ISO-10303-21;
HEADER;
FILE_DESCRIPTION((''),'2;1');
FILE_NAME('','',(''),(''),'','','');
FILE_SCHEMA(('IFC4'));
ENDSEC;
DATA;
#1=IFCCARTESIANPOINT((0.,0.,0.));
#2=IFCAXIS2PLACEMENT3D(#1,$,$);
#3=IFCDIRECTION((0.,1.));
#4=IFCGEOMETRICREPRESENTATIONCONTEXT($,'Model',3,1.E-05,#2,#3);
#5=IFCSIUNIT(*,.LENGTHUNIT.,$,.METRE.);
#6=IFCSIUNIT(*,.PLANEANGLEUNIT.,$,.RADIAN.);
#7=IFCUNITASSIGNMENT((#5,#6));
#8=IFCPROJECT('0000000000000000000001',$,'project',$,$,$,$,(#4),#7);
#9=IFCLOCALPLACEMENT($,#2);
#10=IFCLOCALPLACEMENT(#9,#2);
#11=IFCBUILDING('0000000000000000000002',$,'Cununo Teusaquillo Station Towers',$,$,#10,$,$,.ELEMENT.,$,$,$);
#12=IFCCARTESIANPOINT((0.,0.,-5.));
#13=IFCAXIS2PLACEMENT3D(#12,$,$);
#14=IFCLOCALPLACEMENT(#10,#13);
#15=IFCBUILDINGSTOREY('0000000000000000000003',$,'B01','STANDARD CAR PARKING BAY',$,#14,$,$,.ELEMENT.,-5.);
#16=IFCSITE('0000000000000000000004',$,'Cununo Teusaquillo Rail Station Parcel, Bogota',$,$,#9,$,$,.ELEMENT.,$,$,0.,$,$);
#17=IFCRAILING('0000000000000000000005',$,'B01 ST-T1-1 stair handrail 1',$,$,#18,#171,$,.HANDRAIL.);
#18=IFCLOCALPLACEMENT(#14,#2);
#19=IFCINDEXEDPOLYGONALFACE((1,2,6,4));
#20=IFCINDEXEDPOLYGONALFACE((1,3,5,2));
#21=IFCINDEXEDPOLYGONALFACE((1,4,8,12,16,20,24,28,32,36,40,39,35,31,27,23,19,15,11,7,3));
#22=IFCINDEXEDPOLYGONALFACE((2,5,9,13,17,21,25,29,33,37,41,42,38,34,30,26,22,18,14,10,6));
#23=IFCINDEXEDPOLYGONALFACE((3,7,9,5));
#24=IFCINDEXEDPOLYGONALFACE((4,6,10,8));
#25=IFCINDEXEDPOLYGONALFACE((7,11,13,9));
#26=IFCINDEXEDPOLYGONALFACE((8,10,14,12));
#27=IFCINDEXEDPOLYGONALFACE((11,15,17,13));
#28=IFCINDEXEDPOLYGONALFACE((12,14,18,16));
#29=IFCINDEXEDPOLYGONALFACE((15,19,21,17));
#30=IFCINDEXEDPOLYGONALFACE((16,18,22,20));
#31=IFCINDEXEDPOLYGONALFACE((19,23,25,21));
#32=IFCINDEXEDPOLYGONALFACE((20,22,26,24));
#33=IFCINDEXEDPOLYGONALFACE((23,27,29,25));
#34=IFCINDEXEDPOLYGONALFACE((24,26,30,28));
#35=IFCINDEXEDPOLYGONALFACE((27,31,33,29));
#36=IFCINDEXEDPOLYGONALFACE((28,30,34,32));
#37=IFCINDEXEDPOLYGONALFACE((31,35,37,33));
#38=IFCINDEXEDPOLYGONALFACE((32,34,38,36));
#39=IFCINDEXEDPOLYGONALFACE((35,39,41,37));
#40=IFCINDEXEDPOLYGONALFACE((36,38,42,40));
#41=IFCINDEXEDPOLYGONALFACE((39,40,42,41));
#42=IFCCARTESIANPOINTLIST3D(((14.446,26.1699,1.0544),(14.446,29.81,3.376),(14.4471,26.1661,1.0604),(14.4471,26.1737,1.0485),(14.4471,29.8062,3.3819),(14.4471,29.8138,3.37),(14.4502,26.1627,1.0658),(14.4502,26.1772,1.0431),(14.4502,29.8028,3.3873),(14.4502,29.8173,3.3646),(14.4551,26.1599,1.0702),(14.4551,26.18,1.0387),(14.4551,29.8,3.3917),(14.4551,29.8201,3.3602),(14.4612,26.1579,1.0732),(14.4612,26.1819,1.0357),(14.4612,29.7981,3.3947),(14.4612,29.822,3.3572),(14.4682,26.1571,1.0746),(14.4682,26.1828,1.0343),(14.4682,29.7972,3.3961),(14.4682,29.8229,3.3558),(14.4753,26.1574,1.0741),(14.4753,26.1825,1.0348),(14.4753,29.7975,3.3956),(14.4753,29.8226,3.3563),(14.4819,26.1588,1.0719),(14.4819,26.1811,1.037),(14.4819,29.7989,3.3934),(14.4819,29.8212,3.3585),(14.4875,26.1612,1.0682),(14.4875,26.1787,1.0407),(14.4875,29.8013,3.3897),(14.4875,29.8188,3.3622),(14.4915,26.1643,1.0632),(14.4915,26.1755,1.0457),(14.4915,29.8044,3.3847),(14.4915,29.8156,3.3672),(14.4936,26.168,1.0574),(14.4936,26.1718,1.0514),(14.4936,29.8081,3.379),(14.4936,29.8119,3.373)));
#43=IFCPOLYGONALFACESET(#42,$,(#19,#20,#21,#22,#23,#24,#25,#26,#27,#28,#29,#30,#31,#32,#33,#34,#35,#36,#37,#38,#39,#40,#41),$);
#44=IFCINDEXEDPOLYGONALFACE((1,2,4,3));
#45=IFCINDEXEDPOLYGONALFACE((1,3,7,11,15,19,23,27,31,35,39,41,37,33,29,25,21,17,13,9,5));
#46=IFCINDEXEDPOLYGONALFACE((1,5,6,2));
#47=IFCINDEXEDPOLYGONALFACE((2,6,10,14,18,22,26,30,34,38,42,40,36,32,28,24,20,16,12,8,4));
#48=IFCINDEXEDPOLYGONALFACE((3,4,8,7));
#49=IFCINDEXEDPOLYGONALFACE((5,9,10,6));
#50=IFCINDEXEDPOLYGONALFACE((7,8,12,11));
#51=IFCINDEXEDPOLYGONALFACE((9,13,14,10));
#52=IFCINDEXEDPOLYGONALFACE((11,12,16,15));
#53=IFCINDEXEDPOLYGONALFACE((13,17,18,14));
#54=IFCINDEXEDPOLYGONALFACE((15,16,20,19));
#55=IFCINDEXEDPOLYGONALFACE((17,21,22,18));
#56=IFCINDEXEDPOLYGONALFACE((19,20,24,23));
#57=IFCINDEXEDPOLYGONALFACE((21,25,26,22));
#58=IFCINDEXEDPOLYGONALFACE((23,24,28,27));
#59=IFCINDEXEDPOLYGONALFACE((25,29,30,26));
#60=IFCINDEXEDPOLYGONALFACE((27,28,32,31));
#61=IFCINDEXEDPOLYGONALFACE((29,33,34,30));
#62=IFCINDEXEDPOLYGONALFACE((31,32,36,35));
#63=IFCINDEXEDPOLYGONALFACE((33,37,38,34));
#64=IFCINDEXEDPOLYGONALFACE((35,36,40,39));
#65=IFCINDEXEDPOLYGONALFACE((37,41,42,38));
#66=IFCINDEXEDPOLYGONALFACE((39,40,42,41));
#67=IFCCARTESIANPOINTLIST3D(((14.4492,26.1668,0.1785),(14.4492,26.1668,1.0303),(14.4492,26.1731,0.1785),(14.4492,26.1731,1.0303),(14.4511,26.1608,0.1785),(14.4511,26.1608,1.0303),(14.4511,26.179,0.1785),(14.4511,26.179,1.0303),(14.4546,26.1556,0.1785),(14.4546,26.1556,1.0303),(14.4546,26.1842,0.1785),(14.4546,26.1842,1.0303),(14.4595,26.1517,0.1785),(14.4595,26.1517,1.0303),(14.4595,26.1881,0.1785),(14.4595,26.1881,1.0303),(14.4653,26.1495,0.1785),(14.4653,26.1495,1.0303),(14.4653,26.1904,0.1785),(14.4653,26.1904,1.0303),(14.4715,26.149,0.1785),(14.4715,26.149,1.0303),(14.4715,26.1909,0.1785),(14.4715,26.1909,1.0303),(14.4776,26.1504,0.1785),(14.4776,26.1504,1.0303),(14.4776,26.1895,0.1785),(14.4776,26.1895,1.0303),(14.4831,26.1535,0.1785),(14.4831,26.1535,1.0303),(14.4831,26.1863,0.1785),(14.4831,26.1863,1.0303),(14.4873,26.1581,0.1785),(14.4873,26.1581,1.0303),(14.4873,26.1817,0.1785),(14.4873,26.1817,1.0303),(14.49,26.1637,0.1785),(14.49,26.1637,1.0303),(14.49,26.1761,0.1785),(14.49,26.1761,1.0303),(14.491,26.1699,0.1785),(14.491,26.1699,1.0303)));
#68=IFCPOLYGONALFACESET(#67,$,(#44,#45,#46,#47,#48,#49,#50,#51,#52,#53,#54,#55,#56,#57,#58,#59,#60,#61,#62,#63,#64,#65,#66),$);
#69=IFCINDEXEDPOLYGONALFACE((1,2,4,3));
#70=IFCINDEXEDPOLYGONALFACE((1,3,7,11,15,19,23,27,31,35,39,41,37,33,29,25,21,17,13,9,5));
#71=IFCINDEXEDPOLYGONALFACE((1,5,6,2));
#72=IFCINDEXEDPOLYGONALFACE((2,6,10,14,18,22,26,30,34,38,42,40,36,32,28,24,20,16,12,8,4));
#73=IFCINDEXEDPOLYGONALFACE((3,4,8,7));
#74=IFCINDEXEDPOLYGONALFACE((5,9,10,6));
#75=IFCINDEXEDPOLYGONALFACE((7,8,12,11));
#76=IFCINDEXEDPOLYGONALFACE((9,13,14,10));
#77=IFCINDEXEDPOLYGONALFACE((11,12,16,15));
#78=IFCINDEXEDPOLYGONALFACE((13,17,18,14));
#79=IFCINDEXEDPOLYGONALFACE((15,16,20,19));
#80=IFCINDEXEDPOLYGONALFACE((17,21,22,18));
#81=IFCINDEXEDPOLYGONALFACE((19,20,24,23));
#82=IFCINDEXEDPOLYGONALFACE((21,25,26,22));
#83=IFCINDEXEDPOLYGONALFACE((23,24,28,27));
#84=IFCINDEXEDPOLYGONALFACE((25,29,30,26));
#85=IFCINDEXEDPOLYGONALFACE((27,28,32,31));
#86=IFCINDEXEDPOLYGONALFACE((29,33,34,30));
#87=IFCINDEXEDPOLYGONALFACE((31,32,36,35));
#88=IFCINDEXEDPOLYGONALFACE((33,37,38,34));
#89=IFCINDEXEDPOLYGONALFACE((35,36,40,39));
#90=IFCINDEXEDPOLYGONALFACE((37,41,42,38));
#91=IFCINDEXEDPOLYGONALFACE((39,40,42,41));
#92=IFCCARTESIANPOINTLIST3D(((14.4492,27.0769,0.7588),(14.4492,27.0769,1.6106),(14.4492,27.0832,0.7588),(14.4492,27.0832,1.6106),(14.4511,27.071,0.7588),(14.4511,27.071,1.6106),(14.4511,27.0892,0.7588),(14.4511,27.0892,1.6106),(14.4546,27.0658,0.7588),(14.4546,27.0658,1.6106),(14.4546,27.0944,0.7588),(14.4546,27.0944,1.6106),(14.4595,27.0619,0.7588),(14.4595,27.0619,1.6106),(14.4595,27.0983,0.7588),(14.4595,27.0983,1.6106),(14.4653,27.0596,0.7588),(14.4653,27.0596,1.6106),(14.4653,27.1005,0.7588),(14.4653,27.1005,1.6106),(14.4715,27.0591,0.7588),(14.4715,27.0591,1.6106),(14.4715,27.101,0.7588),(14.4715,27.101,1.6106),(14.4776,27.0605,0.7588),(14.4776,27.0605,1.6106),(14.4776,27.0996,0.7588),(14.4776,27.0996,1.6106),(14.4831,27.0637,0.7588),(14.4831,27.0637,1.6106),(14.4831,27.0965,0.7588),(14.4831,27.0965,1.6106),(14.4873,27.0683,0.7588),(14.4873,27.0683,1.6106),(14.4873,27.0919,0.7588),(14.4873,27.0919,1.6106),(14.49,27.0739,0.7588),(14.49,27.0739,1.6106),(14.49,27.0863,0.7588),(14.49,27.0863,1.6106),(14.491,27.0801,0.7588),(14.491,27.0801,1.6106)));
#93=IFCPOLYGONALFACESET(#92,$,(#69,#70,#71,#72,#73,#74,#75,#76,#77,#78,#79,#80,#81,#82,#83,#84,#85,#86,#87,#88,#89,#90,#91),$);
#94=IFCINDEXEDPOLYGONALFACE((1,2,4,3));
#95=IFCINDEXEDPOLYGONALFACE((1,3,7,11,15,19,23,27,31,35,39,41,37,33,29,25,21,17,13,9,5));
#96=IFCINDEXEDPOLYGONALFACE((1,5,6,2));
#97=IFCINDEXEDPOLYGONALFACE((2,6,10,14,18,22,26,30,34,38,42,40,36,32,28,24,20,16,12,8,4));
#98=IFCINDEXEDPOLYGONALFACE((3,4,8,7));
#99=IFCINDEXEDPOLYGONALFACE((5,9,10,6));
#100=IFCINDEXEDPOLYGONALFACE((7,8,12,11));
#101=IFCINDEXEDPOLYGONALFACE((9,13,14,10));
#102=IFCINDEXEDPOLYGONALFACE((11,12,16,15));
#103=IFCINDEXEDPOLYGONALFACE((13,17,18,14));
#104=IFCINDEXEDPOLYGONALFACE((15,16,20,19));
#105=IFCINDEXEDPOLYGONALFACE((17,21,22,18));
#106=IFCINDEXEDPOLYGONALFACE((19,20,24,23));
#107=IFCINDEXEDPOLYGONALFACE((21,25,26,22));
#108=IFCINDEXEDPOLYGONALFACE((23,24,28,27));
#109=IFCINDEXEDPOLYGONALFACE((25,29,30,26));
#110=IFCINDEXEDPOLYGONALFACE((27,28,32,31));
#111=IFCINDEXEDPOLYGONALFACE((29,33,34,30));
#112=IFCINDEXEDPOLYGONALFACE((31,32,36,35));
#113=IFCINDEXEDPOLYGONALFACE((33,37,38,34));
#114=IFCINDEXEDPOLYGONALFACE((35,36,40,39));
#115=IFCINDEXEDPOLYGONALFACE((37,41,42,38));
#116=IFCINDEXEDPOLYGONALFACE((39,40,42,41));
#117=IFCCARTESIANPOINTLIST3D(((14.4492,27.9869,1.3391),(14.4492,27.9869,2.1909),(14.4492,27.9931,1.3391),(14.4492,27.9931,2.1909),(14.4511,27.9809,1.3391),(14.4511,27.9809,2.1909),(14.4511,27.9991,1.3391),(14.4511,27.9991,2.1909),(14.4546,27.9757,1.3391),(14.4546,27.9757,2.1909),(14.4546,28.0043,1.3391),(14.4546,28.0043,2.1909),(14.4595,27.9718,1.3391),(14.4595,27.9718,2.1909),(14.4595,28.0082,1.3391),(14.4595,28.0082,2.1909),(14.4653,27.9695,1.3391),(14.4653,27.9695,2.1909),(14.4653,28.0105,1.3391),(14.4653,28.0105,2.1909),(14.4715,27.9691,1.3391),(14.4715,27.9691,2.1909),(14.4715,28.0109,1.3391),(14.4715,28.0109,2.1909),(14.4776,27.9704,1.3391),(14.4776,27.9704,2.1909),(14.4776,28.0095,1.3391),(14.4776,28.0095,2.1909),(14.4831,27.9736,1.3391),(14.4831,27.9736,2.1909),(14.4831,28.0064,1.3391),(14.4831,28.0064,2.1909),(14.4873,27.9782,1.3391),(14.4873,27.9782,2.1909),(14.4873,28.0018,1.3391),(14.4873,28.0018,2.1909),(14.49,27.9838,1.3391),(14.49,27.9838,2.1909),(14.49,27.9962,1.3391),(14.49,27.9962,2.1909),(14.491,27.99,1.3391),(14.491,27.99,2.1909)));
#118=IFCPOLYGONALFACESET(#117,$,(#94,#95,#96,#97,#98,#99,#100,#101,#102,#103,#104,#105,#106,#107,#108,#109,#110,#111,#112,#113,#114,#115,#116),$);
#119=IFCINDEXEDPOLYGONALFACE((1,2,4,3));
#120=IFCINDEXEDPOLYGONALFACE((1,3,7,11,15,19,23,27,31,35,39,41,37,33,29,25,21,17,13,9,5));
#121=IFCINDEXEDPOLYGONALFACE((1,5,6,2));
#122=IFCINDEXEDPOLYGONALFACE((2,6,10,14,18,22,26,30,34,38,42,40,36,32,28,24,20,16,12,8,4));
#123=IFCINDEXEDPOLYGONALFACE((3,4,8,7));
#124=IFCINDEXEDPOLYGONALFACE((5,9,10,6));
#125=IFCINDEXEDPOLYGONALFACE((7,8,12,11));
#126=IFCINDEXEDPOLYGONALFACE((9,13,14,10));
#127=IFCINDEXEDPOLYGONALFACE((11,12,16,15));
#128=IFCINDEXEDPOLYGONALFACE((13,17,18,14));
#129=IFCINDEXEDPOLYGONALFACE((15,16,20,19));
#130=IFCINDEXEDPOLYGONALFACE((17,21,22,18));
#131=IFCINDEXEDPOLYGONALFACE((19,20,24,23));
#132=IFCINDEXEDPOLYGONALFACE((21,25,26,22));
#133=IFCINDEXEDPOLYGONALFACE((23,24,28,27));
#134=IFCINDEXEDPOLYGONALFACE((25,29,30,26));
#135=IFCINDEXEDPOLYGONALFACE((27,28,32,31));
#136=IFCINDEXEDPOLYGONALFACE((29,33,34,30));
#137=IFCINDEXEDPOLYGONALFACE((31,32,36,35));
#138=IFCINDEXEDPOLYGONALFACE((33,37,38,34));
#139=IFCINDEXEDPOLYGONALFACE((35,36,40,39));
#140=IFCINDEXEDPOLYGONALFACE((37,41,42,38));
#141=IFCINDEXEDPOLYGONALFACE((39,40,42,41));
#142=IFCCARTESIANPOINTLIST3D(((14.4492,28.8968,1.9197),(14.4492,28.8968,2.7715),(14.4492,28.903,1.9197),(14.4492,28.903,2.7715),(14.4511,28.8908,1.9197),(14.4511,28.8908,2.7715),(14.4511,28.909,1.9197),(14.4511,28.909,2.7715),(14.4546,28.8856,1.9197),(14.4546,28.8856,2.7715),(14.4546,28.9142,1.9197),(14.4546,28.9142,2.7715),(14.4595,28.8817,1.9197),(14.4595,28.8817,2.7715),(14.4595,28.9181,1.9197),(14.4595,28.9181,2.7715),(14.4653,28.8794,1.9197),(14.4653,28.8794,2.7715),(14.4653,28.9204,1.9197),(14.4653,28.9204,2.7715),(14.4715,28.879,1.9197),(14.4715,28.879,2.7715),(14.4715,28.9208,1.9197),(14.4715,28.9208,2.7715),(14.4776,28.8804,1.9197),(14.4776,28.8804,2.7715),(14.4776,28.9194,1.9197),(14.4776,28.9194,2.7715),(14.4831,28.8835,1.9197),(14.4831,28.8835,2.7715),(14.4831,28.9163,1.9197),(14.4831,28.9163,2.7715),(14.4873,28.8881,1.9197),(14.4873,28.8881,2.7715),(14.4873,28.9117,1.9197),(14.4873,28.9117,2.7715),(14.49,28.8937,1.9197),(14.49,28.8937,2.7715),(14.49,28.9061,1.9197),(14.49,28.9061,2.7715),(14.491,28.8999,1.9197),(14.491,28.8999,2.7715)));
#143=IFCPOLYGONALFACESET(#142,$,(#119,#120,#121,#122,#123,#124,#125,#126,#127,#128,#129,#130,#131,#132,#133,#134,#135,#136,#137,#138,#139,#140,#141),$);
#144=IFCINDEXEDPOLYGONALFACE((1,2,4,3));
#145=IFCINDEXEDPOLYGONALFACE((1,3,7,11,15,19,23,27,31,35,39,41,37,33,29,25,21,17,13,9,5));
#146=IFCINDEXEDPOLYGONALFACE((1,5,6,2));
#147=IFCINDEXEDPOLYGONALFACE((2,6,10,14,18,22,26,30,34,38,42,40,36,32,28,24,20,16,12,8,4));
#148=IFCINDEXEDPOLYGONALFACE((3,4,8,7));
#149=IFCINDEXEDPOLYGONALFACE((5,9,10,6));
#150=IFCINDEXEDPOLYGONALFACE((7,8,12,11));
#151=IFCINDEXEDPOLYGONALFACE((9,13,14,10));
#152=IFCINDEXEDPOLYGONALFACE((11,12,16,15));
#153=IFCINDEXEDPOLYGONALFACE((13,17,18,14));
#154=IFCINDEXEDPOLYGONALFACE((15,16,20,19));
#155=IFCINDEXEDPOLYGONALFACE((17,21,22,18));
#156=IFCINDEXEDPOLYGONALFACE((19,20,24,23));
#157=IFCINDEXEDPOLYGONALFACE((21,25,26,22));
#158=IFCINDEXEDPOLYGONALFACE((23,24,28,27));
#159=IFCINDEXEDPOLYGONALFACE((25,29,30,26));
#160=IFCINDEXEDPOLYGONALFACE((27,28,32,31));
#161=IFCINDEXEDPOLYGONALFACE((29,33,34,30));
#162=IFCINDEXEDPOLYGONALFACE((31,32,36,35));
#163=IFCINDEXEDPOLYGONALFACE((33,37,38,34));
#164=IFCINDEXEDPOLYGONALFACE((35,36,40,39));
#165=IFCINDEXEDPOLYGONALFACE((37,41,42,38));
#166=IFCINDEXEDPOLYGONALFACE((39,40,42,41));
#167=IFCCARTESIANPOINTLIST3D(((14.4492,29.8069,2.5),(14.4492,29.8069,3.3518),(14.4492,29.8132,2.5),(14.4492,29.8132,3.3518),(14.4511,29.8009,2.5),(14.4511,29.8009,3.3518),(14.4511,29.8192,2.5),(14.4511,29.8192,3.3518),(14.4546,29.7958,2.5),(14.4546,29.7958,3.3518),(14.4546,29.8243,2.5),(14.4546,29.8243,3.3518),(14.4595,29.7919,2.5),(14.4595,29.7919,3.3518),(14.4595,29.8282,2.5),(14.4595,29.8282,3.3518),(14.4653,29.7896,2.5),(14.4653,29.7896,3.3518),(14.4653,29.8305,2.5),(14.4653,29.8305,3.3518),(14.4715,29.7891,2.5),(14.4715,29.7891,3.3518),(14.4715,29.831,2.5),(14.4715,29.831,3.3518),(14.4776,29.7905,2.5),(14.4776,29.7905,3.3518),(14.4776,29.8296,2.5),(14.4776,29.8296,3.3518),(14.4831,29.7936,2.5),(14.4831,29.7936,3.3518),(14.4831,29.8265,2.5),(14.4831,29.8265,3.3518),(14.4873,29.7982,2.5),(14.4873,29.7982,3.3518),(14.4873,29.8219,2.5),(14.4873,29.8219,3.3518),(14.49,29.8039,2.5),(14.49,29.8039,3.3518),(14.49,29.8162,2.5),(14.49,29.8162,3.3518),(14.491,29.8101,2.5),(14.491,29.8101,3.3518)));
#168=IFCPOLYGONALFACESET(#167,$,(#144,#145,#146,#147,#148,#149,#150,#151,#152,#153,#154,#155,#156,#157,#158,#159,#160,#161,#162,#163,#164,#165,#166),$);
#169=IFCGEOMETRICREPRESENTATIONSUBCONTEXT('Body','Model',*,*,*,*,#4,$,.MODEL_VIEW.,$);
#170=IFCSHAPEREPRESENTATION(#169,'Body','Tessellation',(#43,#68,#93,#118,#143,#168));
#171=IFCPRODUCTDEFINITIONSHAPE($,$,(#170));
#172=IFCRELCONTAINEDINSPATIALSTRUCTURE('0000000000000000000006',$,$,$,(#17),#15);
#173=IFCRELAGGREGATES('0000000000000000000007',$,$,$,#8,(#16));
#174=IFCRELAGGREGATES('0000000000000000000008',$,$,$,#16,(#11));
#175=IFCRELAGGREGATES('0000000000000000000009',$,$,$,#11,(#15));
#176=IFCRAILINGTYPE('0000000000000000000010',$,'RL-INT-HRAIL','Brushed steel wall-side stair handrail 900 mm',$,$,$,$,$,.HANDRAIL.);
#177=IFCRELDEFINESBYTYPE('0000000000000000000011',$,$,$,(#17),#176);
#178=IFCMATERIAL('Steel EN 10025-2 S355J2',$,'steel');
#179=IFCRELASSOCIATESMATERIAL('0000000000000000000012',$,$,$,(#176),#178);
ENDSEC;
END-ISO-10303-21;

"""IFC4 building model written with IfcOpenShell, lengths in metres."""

from ifc_helpers import new_model, si_unit, direction, frame, origin, origin_2d, place, context, subcontext, project, spatial, circle, extrude, material, type_object, element, save


model = new_model("IFC4")

# Units and contexts
model_context = context("Model", 3, precision=1e-05, world=origin(), true_north=direction((0.0, 1.0)))
body_context = subcontext(model_context, "Body", "Model", "MODEL_VIEW")
ifc_project = project(units=[si_unit("LENGTHUNIT", "METRE"), si_unit("PLANEANGLEUNIT", "RADIAN")], contexts=[model_context])

# Site, building, storey
site_placement = place(None, origin())
site = spatial("IfcSite", under=ifc_project, at=site_placement, Name="Cununo Teusaquillo Rail Station Parcel, Bogota", CompositionType="ELEMENT", RefElevation=0.0)
building_placement = place(site_placement, origin())
building = spatial("IfcBuilding", under=site, at=building_placement, Name="Cununo Teusaquillo Station Towers", CompositionType="ELEMENT")
storey_placement = place(building_placement, frame((0.0, 0.0, -5.0)))
storey = spatial("IfcBuildingStorey", under=building, at=storey_placement, Name="B01", Description="STANDARD CAR PARKING BAY", CompositionType="ELEMENT", Elevation=-5.0)

# Railing
ifc_material_1 = material(Name="Steel EN 10025-2 S355J2", Category="steel")
railing_type_1 = type_object("IfcRailingType", Name="RL-INT-HRAIL", Description="Brushed steel wall-side stair handrail 900 mm", PredefinedType="HANDRAIL", material=ifc_material_1)
railing_1_placement = place(storey_placement, frame((14.47, 26.1699, 0.1785)))
element("IfcRailing", 1, at=railing_1_placement, inside=storey, type_object=railing_type_1, Name="B01 ST-T1-1 stair handrail 1", PredefinedType="HANDRAIL", context=body_context, shape_type="SweptSolid", body=[
    extrude(circle(Radius=0.0239, at=origin_2d()), frame((0.0, 0.0, 0.876), z_axis=(0.0, 0.843128, 0.537713), x_axis=(-1.0, 0.0, 0.0)), (0.0, 0.0, 1.0), 4.3174),
    extrude(circle(Radius=0.021, at=origin_2d()), origin(), (0.0, 0.0, 1.0), 0.8518),
    extrude(circle(Radius=0.021, at=origin_2d()), frame((0.0, 0.9102, 0.5803)), (0.0, 0.0, 1.0), 0.8518),
    extrude(circle(Radius=0.021, at=origin_2d()), frame((0.0, 1.8201, 1.1606)), (0.0, 0.0, 1.0), 0.8518),
    extrude(circle(Radius=0.021, at=origin_2d()), frame((0.0, 2.73, 1.7412)), (0.0, 0.0, 1.0), 0.8518),
    extrude(circle(Radius=0.021, at=origin_2d()), frame((0.0, 3.6401, 2.3215)), (0.0, 0.0, 1.0), 0.8518),
])

save(model, "model.ifc")
